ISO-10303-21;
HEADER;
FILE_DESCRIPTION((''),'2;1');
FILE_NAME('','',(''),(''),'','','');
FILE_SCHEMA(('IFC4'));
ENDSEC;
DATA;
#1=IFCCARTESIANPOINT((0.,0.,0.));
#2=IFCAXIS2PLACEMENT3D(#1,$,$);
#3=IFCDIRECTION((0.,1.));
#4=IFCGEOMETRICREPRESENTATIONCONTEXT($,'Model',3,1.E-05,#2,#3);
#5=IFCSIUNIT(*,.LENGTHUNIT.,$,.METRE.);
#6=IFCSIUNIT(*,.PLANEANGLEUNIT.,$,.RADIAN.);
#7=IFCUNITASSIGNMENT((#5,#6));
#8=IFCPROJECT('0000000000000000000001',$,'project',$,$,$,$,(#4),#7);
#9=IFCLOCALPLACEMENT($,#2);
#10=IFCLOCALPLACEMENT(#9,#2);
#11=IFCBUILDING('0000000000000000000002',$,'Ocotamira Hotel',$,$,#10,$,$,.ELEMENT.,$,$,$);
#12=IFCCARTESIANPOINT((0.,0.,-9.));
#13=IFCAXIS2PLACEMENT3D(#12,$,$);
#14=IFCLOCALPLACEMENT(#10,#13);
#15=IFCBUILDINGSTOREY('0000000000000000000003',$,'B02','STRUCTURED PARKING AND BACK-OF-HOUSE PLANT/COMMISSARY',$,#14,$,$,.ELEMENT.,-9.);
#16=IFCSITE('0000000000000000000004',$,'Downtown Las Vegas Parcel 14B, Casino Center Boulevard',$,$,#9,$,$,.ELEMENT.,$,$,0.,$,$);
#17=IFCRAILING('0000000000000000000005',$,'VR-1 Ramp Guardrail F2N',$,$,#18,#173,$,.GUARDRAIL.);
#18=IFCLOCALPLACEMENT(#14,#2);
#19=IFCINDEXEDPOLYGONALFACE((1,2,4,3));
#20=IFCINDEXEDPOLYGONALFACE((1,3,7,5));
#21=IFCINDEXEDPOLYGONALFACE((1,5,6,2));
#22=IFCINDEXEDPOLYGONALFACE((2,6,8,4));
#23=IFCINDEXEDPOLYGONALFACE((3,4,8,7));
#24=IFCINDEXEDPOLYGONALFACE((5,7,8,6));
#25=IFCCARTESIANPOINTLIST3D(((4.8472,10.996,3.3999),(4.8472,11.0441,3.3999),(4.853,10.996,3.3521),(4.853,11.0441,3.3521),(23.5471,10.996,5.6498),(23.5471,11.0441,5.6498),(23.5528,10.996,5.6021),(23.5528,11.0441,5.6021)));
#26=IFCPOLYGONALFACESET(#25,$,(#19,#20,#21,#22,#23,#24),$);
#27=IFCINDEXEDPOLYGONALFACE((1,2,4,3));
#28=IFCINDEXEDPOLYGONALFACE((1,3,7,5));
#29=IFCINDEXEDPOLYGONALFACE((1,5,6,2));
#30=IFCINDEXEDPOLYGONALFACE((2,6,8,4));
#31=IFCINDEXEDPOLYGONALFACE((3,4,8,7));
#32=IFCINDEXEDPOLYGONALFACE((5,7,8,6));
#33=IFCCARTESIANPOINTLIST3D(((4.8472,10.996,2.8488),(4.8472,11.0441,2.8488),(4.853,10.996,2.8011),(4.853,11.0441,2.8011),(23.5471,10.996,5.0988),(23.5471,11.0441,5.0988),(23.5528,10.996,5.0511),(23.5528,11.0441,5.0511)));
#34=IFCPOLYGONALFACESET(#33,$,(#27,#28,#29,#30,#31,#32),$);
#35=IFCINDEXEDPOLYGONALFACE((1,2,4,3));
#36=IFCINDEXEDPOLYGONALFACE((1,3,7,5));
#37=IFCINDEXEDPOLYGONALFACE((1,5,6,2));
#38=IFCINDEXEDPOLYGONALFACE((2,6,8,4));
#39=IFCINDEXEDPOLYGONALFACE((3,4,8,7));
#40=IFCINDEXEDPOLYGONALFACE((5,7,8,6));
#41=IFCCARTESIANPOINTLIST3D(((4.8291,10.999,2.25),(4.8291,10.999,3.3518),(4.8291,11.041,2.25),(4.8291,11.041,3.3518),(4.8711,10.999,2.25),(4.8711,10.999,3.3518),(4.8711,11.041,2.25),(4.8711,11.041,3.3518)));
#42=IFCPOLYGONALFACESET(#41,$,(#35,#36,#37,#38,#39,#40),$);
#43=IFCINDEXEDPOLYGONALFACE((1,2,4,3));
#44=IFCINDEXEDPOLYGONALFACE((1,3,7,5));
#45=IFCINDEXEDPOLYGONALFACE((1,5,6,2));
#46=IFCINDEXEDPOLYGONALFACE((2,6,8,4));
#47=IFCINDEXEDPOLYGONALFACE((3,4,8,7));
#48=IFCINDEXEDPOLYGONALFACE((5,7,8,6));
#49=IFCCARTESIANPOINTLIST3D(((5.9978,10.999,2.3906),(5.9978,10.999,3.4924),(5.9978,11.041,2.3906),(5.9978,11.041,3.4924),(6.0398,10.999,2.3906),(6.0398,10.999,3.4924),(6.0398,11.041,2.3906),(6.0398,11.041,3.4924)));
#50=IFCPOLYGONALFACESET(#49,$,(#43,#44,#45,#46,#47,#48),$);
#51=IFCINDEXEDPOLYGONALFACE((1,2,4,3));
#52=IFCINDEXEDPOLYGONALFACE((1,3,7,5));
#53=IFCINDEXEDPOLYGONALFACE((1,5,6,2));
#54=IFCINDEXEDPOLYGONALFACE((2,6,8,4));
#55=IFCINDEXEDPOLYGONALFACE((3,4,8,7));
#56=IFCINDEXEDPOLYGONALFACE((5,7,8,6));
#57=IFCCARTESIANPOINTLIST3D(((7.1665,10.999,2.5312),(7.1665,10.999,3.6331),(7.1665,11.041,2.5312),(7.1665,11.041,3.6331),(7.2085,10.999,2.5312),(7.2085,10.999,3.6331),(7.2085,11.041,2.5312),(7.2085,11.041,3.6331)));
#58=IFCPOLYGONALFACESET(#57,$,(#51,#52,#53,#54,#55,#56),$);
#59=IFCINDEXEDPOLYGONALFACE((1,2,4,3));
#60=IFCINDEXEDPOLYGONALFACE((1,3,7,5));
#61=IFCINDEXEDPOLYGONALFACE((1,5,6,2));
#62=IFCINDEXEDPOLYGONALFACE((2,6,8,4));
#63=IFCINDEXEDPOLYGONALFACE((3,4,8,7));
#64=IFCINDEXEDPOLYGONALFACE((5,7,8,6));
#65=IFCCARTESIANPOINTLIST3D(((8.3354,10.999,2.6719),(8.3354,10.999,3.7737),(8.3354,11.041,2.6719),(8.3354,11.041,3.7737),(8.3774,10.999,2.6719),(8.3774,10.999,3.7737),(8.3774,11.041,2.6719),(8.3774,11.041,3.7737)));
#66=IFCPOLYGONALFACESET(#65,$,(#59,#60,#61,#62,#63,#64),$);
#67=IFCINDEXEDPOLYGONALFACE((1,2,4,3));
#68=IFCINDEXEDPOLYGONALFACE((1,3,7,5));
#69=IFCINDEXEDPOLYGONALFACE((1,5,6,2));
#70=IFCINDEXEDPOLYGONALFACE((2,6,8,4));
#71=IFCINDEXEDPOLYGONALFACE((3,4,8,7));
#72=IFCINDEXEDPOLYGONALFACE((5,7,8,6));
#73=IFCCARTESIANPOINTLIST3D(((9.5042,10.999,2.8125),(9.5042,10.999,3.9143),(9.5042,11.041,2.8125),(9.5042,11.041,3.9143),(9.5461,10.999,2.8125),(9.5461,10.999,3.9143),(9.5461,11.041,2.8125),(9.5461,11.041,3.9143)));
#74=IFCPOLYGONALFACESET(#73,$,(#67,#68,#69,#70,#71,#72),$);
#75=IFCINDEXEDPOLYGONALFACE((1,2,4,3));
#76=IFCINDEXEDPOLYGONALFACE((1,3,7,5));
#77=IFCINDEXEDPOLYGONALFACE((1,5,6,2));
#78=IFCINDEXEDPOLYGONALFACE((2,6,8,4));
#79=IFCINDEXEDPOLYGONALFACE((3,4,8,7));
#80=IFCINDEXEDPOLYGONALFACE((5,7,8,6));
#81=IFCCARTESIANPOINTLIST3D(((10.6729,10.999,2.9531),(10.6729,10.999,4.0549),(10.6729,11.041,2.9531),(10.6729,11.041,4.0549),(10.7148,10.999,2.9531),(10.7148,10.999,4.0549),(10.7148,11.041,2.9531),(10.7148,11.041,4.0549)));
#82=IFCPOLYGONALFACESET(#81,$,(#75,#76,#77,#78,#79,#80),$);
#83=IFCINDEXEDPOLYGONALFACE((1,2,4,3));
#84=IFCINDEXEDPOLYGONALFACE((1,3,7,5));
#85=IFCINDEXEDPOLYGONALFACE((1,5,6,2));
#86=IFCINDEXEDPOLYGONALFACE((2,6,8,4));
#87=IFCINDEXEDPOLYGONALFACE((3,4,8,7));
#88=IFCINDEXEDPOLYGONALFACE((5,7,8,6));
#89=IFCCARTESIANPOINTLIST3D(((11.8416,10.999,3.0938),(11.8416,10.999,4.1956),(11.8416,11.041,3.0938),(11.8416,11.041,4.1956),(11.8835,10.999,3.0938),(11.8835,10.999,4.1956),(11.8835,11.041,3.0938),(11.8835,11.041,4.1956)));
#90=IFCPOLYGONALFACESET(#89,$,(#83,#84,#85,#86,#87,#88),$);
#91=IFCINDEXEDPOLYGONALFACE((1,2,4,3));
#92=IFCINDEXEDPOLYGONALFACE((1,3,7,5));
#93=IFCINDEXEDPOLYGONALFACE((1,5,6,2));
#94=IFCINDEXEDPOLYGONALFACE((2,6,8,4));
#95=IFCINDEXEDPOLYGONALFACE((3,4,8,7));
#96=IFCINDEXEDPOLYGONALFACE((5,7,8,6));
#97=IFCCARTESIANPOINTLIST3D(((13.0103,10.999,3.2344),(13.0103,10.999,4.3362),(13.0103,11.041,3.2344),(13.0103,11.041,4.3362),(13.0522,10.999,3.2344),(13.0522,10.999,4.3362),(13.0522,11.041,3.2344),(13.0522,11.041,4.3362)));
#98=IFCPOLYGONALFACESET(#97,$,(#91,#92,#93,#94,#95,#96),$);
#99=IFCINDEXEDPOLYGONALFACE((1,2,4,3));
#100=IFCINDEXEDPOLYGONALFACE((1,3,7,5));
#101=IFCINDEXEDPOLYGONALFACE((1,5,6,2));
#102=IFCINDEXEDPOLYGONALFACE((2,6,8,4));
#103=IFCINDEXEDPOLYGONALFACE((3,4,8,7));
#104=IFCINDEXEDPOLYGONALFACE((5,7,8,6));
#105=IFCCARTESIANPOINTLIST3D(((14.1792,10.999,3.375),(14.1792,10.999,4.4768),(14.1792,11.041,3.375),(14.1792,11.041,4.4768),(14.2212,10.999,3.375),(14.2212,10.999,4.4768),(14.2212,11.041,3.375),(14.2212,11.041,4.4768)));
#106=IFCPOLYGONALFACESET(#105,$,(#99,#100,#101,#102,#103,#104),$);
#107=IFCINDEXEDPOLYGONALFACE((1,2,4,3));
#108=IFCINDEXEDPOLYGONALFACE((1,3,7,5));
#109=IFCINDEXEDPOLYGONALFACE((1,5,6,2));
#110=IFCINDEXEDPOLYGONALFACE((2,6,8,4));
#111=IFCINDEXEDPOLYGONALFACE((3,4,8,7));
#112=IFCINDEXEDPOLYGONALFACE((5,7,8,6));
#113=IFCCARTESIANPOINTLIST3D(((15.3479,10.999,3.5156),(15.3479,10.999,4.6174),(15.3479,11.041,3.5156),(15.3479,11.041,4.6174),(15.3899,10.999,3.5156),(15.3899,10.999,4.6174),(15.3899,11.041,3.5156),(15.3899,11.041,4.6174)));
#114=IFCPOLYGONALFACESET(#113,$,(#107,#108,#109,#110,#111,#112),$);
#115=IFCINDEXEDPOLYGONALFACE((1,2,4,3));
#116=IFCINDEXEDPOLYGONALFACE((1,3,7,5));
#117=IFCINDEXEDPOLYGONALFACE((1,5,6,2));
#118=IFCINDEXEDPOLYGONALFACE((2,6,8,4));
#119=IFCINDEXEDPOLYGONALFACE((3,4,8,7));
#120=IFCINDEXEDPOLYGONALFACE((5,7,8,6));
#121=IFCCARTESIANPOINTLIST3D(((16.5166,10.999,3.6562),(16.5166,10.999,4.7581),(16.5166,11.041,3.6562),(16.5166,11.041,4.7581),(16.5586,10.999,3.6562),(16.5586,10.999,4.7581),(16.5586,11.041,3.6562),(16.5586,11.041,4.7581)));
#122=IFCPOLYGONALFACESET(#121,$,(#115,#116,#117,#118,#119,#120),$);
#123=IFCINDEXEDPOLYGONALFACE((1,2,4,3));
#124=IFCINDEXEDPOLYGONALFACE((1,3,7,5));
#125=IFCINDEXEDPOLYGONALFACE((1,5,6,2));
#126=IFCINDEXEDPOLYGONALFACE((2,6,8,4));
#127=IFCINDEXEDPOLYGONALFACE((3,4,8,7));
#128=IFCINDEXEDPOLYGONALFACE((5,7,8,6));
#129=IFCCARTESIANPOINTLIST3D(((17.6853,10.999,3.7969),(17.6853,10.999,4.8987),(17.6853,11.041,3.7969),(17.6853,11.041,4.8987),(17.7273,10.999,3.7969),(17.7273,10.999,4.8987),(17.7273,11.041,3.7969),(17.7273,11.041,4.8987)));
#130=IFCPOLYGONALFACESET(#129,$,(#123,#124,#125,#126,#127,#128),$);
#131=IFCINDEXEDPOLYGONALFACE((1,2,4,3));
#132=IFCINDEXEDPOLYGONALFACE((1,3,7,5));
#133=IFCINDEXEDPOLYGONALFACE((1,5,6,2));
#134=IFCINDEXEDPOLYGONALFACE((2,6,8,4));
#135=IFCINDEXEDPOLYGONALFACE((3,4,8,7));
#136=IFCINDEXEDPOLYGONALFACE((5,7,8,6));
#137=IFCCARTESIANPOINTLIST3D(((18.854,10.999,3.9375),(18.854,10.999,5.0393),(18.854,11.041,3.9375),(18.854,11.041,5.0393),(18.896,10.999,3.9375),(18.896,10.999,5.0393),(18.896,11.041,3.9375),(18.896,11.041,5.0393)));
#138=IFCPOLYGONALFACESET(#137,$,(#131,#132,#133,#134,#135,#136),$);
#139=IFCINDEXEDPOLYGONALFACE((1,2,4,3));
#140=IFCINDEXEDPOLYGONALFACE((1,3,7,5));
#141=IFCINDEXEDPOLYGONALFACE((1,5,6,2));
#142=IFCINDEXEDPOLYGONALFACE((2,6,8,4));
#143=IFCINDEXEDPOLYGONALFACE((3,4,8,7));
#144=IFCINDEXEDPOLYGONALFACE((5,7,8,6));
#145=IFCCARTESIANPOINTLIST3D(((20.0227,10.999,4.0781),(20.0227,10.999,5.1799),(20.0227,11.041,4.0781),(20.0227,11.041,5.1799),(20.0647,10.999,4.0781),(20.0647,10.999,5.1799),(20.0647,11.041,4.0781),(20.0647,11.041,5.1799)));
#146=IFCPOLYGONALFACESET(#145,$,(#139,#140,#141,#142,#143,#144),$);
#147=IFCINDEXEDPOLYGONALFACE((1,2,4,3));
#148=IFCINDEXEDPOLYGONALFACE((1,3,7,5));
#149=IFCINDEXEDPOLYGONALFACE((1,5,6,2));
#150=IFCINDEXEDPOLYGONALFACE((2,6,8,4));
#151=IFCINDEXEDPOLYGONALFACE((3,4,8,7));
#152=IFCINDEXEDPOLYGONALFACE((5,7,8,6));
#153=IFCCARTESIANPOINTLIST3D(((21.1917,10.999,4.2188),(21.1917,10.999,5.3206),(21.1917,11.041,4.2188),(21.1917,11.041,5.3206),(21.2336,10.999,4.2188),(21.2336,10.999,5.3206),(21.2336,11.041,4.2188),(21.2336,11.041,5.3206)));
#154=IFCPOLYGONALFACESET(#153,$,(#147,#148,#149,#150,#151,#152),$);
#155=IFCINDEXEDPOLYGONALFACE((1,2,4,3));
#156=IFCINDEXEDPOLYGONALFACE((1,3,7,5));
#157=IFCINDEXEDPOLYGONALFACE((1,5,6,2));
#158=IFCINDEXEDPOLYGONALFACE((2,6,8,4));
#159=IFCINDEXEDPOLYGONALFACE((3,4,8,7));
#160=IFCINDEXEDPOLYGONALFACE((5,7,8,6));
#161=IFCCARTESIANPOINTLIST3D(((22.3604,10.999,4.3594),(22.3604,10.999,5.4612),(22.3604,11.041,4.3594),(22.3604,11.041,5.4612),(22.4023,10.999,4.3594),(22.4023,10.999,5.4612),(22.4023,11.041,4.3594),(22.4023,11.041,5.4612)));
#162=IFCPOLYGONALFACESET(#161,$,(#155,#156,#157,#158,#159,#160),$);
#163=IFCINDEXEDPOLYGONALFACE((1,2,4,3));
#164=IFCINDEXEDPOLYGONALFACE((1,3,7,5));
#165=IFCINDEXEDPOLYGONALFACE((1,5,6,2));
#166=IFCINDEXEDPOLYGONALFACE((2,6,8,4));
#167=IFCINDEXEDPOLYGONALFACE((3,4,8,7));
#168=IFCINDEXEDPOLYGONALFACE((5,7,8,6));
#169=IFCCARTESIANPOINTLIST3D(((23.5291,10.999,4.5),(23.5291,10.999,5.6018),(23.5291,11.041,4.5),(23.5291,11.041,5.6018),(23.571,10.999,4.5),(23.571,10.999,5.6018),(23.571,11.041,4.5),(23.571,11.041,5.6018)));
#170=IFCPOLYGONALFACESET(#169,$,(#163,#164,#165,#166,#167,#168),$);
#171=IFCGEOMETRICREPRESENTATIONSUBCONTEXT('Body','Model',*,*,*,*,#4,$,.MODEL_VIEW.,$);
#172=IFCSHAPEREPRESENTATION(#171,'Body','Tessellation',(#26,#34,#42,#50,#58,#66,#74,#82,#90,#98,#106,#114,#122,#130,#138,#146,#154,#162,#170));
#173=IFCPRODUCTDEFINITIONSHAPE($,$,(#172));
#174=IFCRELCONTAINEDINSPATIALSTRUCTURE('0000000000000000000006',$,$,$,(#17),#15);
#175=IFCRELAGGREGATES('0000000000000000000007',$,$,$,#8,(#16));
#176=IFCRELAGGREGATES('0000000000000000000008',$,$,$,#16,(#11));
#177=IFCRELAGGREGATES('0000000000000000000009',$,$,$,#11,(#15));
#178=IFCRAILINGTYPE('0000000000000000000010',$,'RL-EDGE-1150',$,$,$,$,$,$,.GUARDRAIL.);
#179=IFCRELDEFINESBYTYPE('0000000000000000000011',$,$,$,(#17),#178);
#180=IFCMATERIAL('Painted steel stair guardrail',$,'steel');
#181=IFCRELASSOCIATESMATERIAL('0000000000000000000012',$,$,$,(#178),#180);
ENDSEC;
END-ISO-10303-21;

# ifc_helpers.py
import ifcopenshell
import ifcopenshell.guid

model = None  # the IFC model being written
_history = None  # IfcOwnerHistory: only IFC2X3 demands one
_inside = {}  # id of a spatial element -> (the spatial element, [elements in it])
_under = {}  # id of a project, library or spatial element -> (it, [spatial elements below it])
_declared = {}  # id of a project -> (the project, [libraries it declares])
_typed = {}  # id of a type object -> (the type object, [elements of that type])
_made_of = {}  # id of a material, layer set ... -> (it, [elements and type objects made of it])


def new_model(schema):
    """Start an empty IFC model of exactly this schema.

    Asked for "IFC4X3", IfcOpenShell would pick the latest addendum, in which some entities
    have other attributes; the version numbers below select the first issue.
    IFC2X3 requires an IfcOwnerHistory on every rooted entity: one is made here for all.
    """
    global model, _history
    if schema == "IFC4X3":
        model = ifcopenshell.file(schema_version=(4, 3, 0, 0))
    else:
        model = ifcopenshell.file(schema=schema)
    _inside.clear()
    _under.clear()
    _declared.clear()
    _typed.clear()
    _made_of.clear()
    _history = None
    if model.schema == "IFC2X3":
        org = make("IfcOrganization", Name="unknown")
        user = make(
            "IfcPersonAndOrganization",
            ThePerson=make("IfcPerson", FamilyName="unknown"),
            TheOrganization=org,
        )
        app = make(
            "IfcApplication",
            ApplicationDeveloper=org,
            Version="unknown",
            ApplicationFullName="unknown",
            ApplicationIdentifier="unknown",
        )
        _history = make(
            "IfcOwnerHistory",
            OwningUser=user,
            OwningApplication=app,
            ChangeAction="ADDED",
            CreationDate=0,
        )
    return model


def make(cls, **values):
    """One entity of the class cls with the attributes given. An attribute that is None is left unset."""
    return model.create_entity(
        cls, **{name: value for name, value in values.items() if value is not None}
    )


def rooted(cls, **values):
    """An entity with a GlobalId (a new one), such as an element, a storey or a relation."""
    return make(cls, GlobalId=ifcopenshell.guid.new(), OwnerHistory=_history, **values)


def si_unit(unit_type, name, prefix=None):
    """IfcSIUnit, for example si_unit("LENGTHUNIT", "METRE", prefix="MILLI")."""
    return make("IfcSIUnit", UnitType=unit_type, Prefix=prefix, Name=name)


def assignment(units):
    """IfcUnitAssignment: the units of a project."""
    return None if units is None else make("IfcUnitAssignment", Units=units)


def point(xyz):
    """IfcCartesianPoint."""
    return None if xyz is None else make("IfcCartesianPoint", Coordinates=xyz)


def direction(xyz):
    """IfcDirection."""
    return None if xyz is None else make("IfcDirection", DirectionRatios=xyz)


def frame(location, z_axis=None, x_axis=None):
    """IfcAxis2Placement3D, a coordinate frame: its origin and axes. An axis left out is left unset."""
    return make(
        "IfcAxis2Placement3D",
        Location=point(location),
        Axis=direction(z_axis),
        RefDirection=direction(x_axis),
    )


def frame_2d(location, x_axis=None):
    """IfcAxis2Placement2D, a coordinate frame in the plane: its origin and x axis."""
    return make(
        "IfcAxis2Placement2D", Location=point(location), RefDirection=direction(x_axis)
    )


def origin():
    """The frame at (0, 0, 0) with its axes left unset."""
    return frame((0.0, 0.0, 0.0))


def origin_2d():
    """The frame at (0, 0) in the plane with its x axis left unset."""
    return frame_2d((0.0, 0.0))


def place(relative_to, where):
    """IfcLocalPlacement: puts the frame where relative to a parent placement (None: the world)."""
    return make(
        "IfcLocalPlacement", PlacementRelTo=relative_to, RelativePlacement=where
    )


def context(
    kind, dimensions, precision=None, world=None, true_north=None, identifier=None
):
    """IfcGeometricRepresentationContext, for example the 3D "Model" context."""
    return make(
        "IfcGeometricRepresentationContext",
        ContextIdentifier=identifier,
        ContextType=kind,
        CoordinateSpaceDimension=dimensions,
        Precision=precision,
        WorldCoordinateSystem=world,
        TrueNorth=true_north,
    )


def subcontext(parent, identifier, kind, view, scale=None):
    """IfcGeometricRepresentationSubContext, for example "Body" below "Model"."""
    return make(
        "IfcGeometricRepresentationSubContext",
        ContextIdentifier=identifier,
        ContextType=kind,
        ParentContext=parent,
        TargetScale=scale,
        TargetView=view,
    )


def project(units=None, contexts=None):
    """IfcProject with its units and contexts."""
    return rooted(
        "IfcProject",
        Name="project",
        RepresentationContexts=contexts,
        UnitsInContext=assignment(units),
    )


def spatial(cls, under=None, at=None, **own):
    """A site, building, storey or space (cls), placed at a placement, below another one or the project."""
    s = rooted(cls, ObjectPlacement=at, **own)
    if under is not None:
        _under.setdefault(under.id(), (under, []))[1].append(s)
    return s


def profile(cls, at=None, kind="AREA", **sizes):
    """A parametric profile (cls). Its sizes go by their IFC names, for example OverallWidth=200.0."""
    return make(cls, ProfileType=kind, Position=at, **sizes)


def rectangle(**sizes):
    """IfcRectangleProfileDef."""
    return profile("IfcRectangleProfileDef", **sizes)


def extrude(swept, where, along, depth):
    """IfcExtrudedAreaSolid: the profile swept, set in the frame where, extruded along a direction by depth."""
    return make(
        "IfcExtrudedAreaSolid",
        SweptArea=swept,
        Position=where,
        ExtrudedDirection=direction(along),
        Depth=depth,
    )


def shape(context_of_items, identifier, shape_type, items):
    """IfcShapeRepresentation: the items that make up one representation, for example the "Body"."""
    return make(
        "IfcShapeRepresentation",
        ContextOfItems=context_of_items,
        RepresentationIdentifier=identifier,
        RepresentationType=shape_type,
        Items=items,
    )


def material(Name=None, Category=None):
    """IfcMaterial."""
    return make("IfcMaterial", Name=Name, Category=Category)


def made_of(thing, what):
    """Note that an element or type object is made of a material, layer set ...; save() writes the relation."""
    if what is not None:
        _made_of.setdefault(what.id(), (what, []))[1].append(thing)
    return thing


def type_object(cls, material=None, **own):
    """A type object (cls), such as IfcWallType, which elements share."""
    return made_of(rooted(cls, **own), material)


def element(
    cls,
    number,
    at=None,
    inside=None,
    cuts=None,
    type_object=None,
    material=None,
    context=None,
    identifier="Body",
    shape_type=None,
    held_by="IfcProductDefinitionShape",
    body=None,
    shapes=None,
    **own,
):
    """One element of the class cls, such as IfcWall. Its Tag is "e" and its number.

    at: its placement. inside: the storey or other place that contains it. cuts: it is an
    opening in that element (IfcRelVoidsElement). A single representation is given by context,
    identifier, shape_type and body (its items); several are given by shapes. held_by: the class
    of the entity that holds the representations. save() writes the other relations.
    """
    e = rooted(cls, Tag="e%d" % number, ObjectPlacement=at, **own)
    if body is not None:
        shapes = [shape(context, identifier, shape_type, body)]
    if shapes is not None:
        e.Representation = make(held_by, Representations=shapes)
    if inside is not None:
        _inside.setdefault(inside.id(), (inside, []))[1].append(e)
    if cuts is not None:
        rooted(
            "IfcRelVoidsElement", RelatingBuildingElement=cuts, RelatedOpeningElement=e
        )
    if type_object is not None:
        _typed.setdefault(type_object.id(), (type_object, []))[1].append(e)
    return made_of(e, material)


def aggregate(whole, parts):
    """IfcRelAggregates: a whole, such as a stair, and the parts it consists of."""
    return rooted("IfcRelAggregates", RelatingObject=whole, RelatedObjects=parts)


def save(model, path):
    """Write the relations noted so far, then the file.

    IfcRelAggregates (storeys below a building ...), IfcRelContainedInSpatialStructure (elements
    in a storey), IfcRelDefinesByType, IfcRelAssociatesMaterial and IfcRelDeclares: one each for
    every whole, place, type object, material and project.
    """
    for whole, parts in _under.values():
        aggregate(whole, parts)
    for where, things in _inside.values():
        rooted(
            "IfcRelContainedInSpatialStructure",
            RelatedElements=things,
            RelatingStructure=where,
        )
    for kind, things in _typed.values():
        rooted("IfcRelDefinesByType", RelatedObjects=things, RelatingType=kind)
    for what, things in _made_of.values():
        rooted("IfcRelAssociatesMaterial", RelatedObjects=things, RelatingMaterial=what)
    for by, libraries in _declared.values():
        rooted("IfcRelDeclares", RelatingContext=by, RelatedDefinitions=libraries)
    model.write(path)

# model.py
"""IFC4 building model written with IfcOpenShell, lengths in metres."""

from ifc_helpers import new_model, si_unit, direction, frame, origin, origin_2d, place, context, subcontext, project, spatial, rectangle, extrude, material, type_object, element, save


model = new_model("IFC4")

# Units and contexts
model_context = context("Model", 3, precision=1e-05, world=origin(), true_north=direction((0.0, 1.0)))
body_context = subcontext(model_context, "Body", "Model", "MODEL_VIEW")
ifc_project = project(units=[si_unit("LENGTHUNIT", "METRE"), si_unit("PLANEANGLEUNIT", "RADIAN")], contexts=[model_context])

# Site, building, storey
site_placement = place(None, origin())
site = spatial("IfcSite", under=ifc_project, at=site_placement, Name="Downtown Las Vegas Parcel 14B, Casino Center Boulevard", CompositionType="ELEMENT", RefElevation=0.0)
building_placement = place(site_placement, origin())
building = spatial("IfcBuilding", under=site, at=building_placement, Name="Ocotamira Hotel", CompositionType="ELEMENT")
storey_placement = place(building_placement, frame((0.0, 0.0, -9.0)))
storey = spatial("IfcBuildingStorey", under=building, at=storey_placement, Name="B02", Description="STRUCTURED PARKING AND BACK-OF-HOUSE PLANT/COMMISSARY", CompositionType="ELEMENT", Elevation=-9.0)

# Railing
ifc_material_1 = material(Name="Painted steel stair guardrail", Category="steel")
railing_type = type_object("IfcRailingType", Name="RL-EDGE-1150", PredefinedType="GUARDRAIL", material=ifc_material_1)
railing_1_placement = place(storey_placement, frame((4.8501, 11.02, 2.25)))
element("IfcRailing", 1, at=railing_1_placement, inside=storey, type_object=railing_type, Name="VR-1 Ramp Guardrail F2N", PredefinedType="GUARDRAIL", context=body_context, shape_type="SweptSolid", body=[
    extrude(rectangle(XDim=0.0481, YDim=0.0481, at=origin_2d()), frame((0.0, 0.0, 1.126), z_axis=(0.992839, 0.0, 0.11946), x_axis=(0.0, 1.0, 0.0)), (0.0, 0.0, 1.0), 18.8347),
    extrude(rectangle(XDim=0.0481, YDim=0.0481, at=origin_2d()), frame((0.0, 0.0, 0.575), z_axis=(0.992839, 0.0, 0.11946), x_axis=(0.0, 1.0, 0.0)), (0.0, 0.0, 1.0), 18.8347),
    extrude(rectangle(XDim=0.042, YDim=0.042, at=origin_2d()), origin(), (0.0, 0.0, 1.0), 1.1018),
    extrude(rectangle(XDim=0.042, YDim=0.042, at=origin_2d()), frame((1.1687, 0.0, 0.1406)), (0.0, 0.0, 1.0), 1.1018),
    extrude(rectangle(XDim=0.042, YDim=0.042, at=origin_2d()), frame((2.3374, 0.0, 0.2812)), (0.0, 0.0, 1.0), 1.1018),
    extrude(rectangle(XDim=0.042, YDim=0.042, at=origin_2d()), frame((3.5063, 0.0, 0.4219)), (0.0, 0.0, 1.0), 1.1018),
    extrude(rectangle(XDim=0.042, YDim=0.042, at=origin_2d()), frame((4.675, 0.0, 0.5625)), (0.0, 0.0, 1.0), 1.1018),
    extrude(rectangle(XDim=0.042, YDim=0.042, at=origin_2d()), frame((5.8438, 0.0, 0.7031)), (0.0, 0.0, 1.0), 1.1018),
    extrude(rectangle(XDim=0.042, YDim=0.042, at=origin_2d()), frame((7.0125, 0.0, 0.8438)), (0.0, 0.0, 1.0), 1.1018),
    extrude(rectangle(XDim=0.042, YDim=0.042, at=origin_2d()), frame((8.1812, 0.0, 0.9844)), (0.0, 0.0, 1.0), 1.1018),
    extrude(rectangle(XDim=0.042, YDim=0.042, at=origin_2d()), frame((9.3501, 0.0, 1.125)), (0.0, 0.0, 1.0), 1.1018),
    extrude(rectangle(XDim=0.042, YDim=0.042, at=origin_2d()), frame((10.5188, 0.0, 1.2656)), (0.0, 0.0, 1.0), 1.1018),
    extrude(rectangle(XDim=0.042, YDim=0.042, at=origin_2d()), frame((11.6875, 0.0, 1.4062)), (0.0, 0.0, 1.0), 1.1018),
    extrude(rectangle(XDim=0.042, YDim=0.042, at=origin_2d()), frame((12.8562, 0.0, 1.5469)), (0.0, 0.0, 1.0), 1.1018),
    extrude(rectangle(XDim=0.042, YDim=0.042, at=origin_2d()), frame((14.0249, 0.0, 1.6875)), (0.0, 0.0, 1.0), 1.1018),
    extrude(rectangle(XDim=0.042, YDim=0.042, at=origin_2d()), frame((15.1936, 0.0, 1.8281)), (0.0, 0.0, 1.0), 1.1018),
    extrude(rectangle(XDim=0.042, YDim=0.042, at=origin_2d()), frame((16.3625, 0.0, 1.9688)), (0.0, 0.0, 1.0), 1.1018),
    extrude(rectangle(XDim=0.042, YDim=0.042, at=origin_2d()), frame((17.5312, 0.0, 2.1094)), (0.0, 0.0, 1.0), 1.1018),
    extrude(rectangle(XDim=0.042, YDim=0.042, at=origin_2d()), frame((18.7, 0.0, 2.25)), (0.0, 0.0, 1.0), 1.1018),
])

save(model, "model.ifc")
